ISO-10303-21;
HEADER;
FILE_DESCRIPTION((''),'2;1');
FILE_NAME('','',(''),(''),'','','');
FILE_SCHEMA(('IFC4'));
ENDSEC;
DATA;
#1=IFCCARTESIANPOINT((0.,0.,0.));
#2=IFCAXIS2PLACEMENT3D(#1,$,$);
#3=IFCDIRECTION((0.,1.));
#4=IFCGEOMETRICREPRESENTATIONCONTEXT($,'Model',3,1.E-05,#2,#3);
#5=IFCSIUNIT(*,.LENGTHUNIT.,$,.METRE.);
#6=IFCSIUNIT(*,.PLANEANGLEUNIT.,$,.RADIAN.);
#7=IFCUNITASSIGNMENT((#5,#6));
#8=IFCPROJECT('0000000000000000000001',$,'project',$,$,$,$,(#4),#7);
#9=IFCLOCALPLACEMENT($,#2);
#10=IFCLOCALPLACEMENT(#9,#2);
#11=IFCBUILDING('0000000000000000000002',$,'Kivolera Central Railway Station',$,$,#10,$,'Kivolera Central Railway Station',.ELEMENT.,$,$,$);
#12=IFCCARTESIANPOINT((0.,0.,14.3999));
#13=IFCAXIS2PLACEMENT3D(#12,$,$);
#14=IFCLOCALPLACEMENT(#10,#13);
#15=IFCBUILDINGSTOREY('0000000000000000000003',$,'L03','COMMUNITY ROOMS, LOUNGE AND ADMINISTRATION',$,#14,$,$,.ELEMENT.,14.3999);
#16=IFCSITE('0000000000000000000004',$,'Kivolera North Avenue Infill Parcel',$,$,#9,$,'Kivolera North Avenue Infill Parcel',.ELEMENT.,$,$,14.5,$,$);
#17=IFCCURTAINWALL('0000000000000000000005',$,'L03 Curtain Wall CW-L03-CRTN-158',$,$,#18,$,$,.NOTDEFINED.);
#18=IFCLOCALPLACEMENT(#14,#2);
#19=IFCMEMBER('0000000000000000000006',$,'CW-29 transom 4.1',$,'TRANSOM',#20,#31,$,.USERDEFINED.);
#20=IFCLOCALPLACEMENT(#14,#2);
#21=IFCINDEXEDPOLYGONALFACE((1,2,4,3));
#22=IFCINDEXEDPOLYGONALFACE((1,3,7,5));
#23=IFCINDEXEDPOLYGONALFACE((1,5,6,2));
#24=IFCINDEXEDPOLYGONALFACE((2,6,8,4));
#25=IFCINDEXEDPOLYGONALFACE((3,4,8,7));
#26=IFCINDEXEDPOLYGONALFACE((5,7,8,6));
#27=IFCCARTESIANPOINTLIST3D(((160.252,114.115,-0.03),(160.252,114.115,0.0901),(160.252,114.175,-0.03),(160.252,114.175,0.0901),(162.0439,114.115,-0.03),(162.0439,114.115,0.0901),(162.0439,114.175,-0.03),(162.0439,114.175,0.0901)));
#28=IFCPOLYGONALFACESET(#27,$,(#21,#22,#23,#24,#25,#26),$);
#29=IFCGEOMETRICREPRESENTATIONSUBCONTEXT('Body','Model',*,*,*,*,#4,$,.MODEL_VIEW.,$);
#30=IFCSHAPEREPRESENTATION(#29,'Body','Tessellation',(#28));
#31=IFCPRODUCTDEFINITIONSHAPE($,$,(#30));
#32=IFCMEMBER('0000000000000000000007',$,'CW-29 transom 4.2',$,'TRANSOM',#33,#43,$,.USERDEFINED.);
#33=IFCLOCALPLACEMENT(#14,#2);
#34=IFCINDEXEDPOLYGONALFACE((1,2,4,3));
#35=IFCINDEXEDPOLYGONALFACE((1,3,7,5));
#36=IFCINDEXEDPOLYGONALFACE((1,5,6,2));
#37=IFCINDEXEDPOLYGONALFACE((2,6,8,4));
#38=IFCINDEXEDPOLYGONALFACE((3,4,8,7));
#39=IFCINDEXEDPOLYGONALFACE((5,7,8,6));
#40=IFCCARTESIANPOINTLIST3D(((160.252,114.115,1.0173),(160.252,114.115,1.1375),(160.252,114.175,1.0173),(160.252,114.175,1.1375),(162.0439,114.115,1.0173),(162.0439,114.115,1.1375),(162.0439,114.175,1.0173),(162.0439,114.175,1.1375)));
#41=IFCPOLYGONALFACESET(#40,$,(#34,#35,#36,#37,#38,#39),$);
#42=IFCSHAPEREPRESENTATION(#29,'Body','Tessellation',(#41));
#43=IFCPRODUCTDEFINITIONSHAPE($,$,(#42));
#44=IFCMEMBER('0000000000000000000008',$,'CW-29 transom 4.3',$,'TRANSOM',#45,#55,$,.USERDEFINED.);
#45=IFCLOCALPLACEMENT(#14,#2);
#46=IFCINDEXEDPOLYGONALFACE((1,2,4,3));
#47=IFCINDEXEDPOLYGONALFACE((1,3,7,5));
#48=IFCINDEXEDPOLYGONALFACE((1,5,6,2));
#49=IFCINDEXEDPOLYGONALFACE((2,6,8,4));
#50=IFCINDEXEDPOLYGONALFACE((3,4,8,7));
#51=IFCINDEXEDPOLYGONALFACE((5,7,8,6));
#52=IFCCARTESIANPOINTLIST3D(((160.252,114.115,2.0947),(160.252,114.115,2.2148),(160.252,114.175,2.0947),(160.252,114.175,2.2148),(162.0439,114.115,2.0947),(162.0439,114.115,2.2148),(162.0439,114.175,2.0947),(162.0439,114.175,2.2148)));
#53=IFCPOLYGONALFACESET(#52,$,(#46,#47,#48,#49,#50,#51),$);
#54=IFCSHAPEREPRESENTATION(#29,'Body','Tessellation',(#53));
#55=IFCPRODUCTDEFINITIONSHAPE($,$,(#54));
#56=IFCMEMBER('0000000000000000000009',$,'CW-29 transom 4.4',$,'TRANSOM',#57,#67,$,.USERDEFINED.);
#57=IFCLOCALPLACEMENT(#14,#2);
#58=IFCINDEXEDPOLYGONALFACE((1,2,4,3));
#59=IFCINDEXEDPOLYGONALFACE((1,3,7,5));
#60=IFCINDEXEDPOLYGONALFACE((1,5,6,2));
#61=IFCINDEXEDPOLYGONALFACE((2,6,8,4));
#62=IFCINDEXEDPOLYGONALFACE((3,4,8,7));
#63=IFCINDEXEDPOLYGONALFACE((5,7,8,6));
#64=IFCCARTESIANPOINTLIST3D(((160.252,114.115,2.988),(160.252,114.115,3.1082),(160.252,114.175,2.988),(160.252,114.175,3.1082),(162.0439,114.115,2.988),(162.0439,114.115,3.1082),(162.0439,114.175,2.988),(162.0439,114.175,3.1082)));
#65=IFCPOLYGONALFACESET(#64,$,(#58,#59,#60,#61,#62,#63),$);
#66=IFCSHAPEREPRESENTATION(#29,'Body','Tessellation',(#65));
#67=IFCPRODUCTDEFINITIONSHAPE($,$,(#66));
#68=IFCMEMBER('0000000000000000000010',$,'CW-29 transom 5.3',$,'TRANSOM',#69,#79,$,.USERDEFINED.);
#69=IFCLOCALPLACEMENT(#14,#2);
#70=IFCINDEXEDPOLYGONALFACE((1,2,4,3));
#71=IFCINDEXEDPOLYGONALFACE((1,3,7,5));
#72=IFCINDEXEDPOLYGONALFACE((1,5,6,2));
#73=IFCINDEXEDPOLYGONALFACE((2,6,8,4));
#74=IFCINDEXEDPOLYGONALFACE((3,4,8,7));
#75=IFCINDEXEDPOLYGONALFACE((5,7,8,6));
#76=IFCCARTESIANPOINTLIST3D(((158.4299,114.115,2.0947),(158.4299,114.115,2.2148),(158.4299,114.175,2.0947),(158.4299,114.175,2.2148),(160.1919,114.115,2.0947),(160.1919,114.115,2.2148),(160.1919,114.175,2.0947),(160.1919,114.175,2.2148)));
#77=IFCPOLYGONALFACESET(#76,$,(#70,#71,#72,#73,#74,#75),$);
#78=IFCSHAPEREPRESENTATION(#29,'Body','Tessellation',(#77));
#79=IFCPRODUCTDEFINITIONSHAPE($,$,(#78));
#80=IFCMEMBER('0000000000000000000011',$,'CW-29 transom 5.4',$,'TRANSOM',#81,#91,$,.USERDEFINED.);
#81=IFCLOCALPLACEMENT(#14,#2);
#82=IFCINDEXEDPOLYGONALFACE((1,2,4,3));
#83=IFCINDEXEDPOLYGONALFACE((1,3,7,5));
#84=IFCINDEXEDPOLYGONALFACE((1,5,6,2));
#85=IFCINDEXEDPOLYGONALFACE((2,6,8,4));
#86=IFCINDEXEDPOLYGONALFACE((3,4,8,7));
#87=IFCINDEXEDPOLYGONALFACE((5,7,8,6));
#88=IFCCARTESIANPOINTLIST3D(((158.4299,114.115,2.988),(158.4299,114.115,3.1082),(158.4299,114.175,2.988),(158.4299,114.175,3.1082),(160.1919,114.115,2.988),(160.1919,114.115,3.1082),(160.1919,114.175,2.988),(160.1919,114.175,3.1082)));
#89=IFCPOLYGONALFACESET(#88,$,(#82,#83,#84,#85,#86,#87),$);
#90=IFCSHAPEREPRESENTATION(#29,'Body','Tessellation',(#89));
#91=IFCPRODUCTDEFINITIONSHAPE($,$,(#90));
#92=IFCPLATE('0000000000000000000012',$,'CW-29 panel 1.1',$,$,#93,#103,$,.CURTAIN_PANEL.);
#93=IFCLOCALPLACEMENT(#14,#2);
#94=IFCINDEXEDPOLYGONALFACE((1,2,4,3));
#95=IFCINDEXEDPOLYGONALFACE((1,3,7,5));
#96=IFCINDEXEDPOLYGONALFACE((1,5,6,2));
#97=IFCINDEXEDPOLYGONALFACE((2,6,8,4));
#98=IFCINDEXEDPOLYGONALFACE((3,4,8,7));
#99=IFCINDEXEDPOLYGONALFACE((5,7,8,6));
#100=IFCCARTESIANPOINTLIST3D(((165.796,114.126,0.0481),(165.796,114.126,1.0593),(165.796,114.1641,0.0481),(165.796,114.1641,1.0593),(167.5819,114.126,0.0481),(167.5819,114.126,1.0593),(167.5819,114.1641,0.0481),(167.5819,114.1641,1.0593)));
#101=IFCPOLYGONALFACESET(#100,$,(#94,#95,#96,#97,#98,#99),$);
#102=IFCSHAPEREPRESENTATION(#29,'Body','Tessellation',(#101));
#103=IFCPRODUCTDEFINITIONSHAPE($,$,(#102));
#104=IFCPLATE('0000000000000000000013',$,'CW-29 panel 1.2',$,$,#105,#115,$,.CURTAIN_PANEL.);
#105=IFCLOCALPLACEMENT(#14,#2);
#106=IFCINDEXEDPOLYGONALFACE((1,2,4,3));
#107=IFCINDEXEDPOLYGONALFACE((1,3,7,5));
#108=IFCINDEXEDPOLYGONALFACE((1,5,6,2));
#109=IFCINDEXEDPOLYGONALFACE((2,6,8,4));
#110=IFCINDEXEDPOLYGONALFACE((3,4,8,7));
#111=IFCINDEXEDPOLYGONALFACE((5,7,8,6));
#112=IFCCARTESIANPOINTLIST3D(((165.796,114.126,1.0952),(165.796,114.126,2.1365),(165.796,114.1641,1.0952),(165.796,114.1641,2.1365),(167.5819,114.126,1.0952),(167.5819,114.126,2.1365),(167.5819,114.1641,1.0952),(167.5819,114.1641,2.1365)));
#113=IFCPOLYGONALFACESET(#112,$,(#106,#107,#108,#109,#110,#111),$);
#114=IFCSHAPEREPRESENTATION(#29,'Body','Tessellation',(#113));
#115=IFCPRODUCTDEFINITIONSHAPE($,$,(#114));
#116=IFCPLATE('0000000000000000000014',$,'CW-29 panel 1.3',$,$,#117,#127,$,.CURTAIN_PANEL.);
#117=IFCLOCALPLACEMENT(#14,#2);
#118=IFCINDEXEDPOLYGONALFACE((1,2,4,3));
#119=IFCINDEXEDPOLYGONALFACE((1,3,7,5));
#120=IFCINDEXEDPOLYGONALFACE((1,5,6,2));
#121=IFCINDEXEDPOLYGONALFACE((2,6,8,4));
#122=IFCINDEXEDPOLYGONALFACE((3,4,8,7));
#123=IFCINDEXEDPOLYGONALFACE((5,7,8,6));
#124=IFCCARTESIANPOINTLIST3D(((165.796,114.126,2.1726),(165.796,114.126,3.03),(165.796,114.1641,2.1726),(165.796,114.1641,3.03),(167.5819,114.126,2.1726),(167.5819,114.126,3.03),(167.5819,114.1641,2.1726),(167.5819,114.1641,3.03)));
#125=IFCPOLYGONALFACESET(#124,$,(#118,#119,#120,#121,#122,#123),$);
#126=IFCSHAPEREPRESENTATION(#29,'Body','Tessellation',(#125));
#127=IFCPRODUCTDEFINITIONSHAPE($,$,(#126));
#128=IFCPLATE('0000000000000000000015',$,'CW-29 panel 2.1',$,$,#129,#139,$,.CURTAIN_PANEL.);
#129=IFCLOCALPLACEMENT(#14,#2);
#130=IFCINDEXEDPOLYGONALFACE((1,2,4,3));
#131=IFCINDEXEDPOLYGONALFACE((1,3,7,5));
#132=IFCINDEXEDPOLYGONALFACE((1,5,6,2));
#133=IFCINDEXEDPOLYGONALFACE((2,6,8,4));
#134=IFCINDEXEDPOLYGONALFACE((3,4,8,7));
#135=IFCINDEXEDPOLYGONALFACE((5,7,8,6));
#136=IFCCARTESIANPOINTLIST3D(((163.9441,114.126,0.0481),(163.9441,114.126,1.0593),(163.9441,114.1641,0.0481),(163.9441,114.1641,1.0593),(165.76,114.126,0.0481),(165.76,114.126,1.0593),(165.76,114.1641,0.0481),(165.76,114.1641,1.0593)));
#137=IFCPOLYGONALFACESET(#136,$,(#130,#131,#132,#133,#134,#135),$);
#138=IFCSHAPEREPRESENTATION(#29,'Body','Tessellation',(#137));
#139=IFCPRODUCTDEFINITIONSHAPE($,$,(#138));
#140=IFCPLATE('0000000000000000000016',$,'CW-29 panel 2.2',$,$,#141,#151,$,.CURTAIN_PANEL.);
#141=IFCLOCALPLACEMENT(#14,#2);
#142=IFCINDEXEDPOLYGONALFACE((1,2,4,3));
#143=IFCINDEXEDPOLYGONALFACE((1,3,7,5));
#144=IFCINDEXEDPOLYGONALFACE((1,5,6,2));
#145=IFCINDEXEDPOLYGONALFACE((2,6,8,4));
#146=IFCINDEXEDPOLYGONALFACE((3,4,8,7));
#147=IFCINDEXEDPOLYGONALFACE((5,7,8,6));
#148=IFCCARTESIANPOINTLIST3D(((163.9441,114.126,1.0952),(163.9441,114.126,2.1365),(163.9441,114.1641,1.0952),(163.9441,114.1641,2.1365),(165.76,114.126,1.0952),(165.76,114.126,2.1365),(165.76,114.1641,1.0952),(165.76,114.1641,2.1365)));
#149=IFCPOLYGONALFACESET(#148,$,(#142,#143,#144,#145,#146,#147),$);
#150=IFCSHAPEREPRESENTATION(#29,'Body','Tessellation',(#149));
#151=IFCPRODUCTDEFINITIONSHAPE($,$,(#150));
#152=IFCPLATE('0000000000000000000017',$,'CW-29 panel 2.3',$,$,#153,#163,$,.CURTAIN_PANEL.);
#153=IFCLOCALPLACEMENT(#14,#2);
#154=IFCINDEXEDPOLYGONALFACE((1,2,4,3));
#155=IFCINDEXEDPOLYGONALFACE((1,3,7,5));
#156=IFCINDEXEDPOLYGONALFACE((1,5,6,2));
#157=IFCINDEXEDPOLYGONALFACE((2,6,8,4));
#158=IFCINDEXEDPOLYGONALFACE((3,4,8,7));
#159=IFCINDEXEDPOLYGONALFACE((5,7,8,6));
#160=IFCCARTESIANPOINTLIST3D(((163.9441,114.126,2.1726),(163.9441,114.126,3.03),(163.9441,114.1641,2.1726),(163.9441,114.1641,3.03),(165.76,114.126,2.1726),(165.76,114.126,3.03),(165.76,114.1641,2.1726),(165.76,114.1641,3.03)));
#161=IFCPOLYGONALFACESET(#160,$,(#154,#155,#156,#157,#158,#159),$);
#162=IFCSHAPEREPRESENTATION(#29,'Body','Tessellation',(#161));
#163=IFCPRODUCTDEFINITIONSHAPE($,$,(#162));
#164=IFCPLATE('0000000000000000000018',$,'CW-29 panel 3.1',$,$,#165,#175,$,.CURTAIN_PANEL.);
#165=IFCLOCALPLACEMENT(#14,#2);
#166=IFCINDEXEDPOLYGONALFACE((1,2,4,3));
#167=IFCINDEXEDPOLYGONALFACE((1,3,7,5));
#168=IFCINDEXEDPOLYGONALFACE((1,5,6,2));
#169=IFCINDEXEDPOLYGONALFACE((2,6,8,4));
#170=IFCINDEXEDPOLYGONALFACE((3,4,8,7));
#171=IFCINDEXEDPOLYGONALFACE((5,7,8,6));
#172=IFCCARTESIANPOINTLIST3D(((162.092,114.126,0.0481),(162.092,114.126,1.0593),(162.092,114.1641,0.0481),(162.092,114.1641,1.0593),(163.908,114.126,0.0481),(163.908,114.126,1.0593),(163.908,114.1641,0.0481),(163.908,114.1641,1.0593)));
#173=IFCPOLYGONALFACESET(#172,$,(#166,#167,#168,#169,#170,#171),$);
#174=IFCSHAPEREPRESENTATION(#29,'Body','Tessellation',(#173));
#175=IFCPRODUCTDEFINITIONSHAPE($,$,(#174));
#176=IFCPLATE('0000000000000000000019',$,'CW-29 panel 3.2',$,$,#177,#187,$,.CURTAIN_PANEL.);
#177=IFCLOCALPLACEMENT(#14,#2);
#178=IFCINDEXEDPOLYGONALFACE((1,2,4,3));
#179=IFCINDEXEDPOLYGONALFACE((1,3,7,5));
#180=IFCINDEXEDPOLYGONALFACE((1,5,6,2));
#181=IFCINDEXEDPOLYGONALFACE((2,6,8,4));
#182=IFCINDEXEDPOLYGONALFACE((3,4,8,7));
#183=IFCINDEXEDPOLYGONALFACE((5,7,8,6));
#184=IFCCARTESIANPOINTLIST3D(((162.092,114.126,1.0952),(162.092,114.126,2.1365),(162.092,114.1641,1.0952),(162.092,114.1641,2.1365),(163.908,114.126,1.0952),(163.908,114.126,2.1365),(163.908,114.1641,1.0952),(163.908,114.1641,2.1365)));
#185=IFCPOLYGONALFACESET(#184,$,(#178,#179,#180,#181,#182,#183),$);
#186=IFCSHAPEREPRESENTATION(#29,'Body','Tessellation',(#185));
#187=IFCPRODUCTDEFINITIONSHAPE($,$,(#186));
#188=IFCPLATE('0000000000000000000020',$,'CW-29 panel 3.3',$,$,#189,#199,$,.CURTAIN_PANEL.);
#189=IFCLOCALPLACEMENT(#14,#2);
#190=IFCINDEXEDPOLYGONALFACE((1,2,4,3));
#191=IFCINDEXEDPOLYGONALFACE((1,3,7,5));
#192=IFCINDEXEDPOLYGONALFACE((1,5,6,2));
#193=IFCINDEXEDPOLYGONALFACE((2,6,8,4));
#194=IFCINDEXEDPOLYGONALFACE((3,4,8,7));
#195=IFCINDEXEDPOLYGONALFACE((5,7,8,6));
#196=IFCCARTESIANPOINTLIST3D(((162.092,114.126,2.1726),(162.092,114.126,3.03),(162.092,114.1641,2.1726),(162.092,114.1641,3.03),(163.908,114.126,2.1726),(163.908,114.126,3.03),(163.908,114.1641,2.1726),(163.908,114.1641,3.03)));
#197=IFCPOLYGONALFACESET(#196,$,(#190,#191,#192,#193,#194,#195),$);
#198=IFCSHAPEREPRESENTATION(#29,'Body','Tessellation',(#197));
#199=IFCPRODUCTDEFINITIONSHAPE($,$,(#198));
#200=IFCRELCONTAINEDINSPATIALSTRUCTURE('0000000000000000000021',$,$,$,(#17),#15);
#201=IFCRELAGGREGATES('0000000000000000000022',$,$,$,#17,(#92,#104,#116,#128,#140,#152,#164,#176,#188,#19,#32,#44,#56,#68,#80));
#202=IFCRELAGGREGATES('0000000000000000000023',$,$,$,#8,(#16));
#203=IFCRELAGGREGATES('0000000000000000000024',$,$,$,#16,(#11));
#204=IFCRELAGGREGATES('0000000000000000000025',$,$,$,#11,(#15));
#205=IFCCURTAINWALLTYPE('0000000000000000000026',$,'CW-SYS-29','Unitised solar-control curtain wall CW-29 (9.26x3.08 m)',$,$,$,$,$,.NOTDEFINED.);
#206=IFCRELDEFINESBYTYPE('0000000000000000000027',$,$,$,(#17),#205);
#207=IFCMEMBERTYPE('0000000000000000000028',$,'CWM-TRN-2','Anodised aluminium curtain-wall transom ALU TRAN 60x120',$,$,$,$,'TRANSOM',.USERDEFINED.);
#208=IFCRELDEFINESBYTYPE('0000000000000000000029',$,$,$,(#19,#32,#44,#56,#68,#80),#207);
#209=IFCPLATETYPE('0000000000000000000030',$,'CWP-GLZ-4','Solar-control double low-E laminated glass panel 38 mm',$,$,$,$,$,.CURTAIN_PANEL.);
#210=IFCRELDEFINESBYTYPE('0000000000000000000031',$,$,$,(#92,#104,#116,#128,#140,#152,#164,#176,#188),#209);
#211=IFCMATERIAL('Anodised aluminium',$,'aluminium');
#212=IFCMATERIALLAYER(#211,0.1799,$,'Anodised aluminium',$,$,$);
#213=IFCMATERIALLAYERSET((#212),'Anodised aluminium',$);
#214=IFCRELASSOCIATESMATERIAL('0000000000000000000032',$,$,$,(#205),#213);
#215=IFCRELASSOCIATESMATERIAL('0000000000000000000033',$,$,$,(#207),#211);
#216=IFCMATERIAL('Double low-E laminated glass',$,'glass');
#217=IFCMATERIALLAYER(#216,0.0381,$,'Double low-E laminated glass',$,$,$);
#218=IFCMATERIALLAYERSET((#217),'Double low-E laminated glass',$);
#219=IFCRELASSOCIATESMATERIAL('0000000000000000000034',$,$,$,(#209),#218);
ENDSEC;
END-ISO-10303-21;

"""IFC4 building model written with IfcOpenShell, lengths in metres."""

from ifc_helpers import new_model, si_unit, direction, frame, origin, origin_2d, place, context, subcontext, project, spatial, rectangle, extrude, material, layer, layer_set, material_profile, profile_set, type_object, element, aggregate, save


model = new_model("IFC4")

# Units and contexts
model_context = context("Model", 3, precision=1e-05, world=origin(), true_north=direction((0.0, 1.0)))
body_context = subcontext(model_context, "Body", "Model", "MODEL_VIEW")
ifc_project = project(units=[si_unit("LENGTHUNIT", "METRE"), si_unit("PLANEANGLEUNIT", "RADIAN")], contexts=[model_context])

# Site, building, storey
site_placement = place(None, origin())
site = spatial("IfcSite", under=ifc_project, at=site_placement, Name="Kivolera North Avenue Infill Parcel", LongName="Kivolera North Avenue Infill Parcel", CompositionType="ELEMENT", RefElevation=14.5)
building_placement = place(site_placement, origin())
building = spatial("IfcBuilding", under=site, at=building_placement, Name="Kivolera Central Railway Station", LongName="Kivolera Central Railway Station", CompositionType="ELEMENT")
storey_placement = place(building_placement, frame((0.0, 0.0, 14.3999)))
storey = spatial("IfcBuildingStorey", under=building, at=storey_placement, Name="L03", Description="COMMUNITY ROOMS, LOUNGE AND ADMINISTRATION", CompositionType="ELEMENT", Elevation=14.3999)

# Curtain wall, members, plates
ifc_material_1 = material(Name="Anodised aluminium", Category="aluminium")
ifc_layer_1 = layer(ifc_material_1, 0.1799, Name="Anodised aluminium")
ifc_layer_set_1 = layer_set([ifc_layer_1], Name="Anodised aluminium")
curtain_wall_type = type_object("IfcCurtainWallType", Name="CW-SYS-29", Description="Unitised solar-control curtain wall CW-29 (9.26x3.08 m)", PredefinedType="NOTDEFINED", material=ifc_layer_set_1)
curtain_wall_placement = place(storey_placement, origin())
curtain_wall = element("IfcCurtainWall", 1, at=curtain_wall_placement, inside=storey, type_object=curtain_wall_type, Name="L03 Curtain Wall CW-L03-CRTN-158", PredefinedType="NOTDEFINED")
ifc_material_profile_1 = material_profile(ifc_material_1, rectangle(XDim=0.0601, YDim=0.1201, at=origin_2d()), Name="ALU TRAN 60x120")
ifc_profile_set_1 = profile_set([ifc_material_profile_1], Name="Anodised aluminium")
member_type_1 = type_object("IfcMemberType", Name="CWM-TRN-2", Description="Anodised aluminium curtain-wall transom ALU TRAN 60x120", ElementType="TRANSOM", PredefinedType="USERDEFINED", material=ifc_profile_set_1)
member_1_placement = place(storey_placement, frame((162.0439, 114.145, 0.03), z_axis=(-1.0, 0.0, 0.0), x_axis=(0.0, -1.0, 0.0)))
member_1 = element("IfcMember", 2, at=member_1_placement, type_object=member_type_1, Name="CW-29 transom 4.1", ObjectType="TRANSOM", PredefinedType="USERDEFINED", context=body_context, shape_type="SweptSolid", body=[
    extrude(rectangle(XDim=0.0601, YDim=0.1201, at=origin_2d()), origin(), (0.0, 0.0, 1.0), 1.792),
])
member_2_placement = place(storey_placement, frame((162.0439, 114.145, 1.0774), z_axis=(-1.0, 0.0, 0.0), x_axis=(0.0, -1.0, 0.0)))
member_2 = element("IfcMember", 3, at=member_2_placement, type_object=member_type_1, Name="CW-29 transom 4.2", ObjectType="TRANSOM", PredefinedType="USERDEFINED", context=body_context, shape_type="SweptSolid", body=[
    extrude(rectangle(XDim=0.0601, YDim=0.1201, at=origin_2d()), origin(), (0.0, 0.0, 1.0), 1.792),
])
member_3_placement = place(storey_placement, frame((162.0439, 114.145, 2.1548), z_axis=(-1.0, 0.0, 0.0), x_axis=(0.0, -1.0, 0.0)))
member_3 = element("IfcMember", 4, at=member_3_placement, type_object=member_type_1, Name="CW-29 transom 4.3", ObjectType="TRANSOM", PredefinedType="USERDEFINED", context=body_context, shape_type="SweptSolid", body=[
    extrude(rectangle(XDim=0.0601, YDim=0.1201, at=origin_2d()), origin(), (0.0, 0.0, 1.0), 1.792),
])
member_4_placement = place(storey_placement, frame((162.0439, 114.145, 3.0481), z_axis=(-1.0, 0.0, 0.0), x_axis=(0.0, -1.0, 0.0)))
member_4 = element("IfcMember", 5, at=member_4_placement, type_object=member_type_1, Name="CW-29 transom 4.4", ObjectType="TRANSOM", PredefinedType="USERDEFINED", context=body_context, shape_type="SweptSolid", body=[
    extrude(rectangle(XDim=0.0601, YDim=0.1201, at=origin_2d()), origin(), (0.0, 0.0, 1.0), 1.792),
])
member_5_placement = place(storey_placement, frame((160.1919, 114.145, 2.1548), z_axis=(-1.0, 0.0, 0.0), x_axis=(0.0, -1.0, 0.0)))
member_5 = element("IfcMember", 6, at=member_5_placement, type_object=member_type_1, Name="CW-29 transom 5.3", ObjectType="TRANSOM", PredefinedType="USERDEFINED", context=body_context, shape_type="SweptSolid", body=[
    extrude(rectangle(XDim=0.0601, YDim=0.1201, at=origin_2d()), origin(), (0.0, 0.0, 1.0), 1.762),
])
member_6_placement = place(storey_placement, frame((160.1919, 114.145, 3.0481), z_axis=(-1.0, 0.0, 0.0), x_axis=(0.0, -1.0, 0.0)))
member_6 = element("IfcMember", 7, at=member_6_placement, type_object=member_type_1, Name="CW-29 transom 5.4", ObjectType="TRANSOM", PredefinedType="USERDEFINED", context=body_context, shape_type="SweptSolid", body=[
    extrude(rectangle(XDim=0.0601, YDim=0.1201, at=origin_2d()), origin(), (0.0, 0.0, 1.0), 1.762),
])
ifc_material_2 = material(Name="Double low-E laminated glass", Category="glass")
ifc_layer_2 = layer(ifc_material_2, 0.0381, Name="Double low-E laminated glass")
ifc_layer_set_2 = layer_set([ifc_layer_2], Name="Double low-E laminated glass")
plate_type = type_object("IfcPlateType", Name="CWP-GLZ-4", Description="Solar-control double low-E laminated glass panel 38 mm", PredefinedType="CURTAIN_PANEL", material=ifc_layer_set_2)
plate_1_placement = place(storey_placement, frame((166.689, 114.145, 0.0481), z_axis=(0.0, 0.0, 1.0), x_axis=(-1.0, 0.0, 0.0)))
plate_1 = element("IfcPlate", 8, at=plate_1_placement, type_object=plate_type, Name="CW-29 panel 1.1", PredefinedType="CURTAIN_PANEL", context=body_context, shape_type="SweptSolid", body=[
    extrude(rectangle(XDim=1.7859, YDim=0.0381, at=origin_2d()), origin(), (0.0, 0.0, 1.0), 1.0112),
])
plate_2_placement = place(storey_placement, frame((166.689, 114.145, 1.0952), z_axis=(0.0, 0.0, 1.0), x_axis=(-1.0, 0.0, 0.0)))
plate_2 = element("IfcPlate", 9, at=plate_2_placement, type_object=plate_type, Name="CW-29 panel 1.2", PredefinedType="CURTAIN_PANEL", context=body_context, shape_type="SweptSolid", body=[
    extrude(rectangle(XDim=1.7859, YDim=0.0381, at=origin_2d()), origin(), (0.0, 0.0, 1.0), 1.0413),
])
plate_3_placement = place(storey_placement, frame((166.689, 114.145, 2.1726), z_axis=(0.0, 0.0, 1.0), x_axis=(-1.0, 0.0, 0.0)))
plate_3 = element("IfcPlate", 10, at=plate_3_placement, type_object=plate_type, Name="CW-29 panel 1.3", PredefinedType="CURTAIN_PANEL", context=body_context, shape_type="SweptSolid", body=[
    extrude(rectangle(XDim=1.7859, YDim=0.0381, at=origin_2d()), origin(), (0.0, 0.0, 1.0), 0.8574),
])
plate_4_placement = place(storey_placement, frame((164.8521, 114.145, 0.0481), z_axis=(0.0, 0.0, 1.0), x_axis=(-1.0, 0.0, 0.0)))
plate_4 = element("IfcPlate", 11, at=plate_4_placement, type_object=plate_type, Name="CW-29 panel 2.1", PredefinedType="CURTAIN_PANEL", context=body_context, shape_type="SweptSolid", body=[
    extrude(rectangle(XDim=1.8159, YDim=0.0381, at=origin_2d()), origin(), (0.0, 0.0, 1.0), 1.0112),
])
plate_5_placement = place(storey_placement, frame((164.8521, 114.145, 1.0952), z_axis=(0.0, 0.0, 1.0), x_axis=(-1.0, 0.0, 0.0)))
plate_5 = element("IfcPlate", 12, at=plate_5_placement, type_object=plate_type, Name="CW-29 panel 2.2", PredefinedType="CURTAIN_PANEL", context=body_context, shape_type="SweptSolid", body=[
    extrude(rectangle(XDim=1.8159, YDim=0.0381, at=origin_2d()), origin(), (0.0, 0.0, 1.0), 1.0413),
])
plate_6_placement = place(storey_placement, frame((164.8521, 114.145, 2.1726), z_axis=(0.0, 0.0, 1.0), x_axis=(-1.0, 0.0, 0.0)))
plate_6 = element("IfcPlate", 13, at=plate_6_placement, type_object=plate_type, Name="CW-29 panel 2.3", PredefinedType="CURTAIN_PANEL", context=body_context, shape_type="SweptSolid", body=[
    extrude(rectangle(XDim=1.8159, YDim=0.0381, at=origin_2d()), origin(), (0.0, 0.0, 1.0), 0.8574),
])
plate_7_placement = place(storey_placement, frame((163.0, 114.145, 0.0481), z_axis=(0.0, 0.0, 1.0), x_axis=(-1.0, 0.0, 0.0)))
plate_7 = element("IfcPlate", 14, at=plate_7_placement, type_object=plate_type, Name="CW-29 panel 3.1", PredefinedType="CURTAIN_PANEL", context=body_context, shape_type="SweptSolid", body=[
    extrude(rectangle(XDim=1.8159, YDim=0.0381, at=origin_2d()), origin(), (0.0, 0.0, 1.0), 1.0112),
])
plate_8_placement = place(storey_placement, frame((163.0, 114.145, 1.0952), z_axis=(0.0, 0.0, 1.0), x_axis=(-1.0, 0.0, 0.0)))
plate_8 = element("IfcPlate", 15, at=plate_8_placement, type_object=plate_type, Name="CW-29 panel 3.2", PredefinedType="CURTAIN_PANEL", context=body_context, shape_type="SweptSolid", body=[
    extrude(rectangle(XDim=1.8159, YDim=0.0381, at=origin_2d()), origin(), (0.0, 0.0, 1.0), 1.0413),
])
plate_9_placement = place(storey_placement, frame((163.0, 114.145, 2.1726), z_axis=(0.0, 0.0, 1.0), x_axis=(-1.0, 0.0, 0.0)))
plate_9 = element("IfcPlate", 16, at=plate_9_placement, type_object=plate_type, Name="CW-29 panel 3.3", PredefinedType="CURTAIN_PANEL", context=body_context, shape_type="SweptSolid", body=[
    extrude(rectangle(XDim=1.8159, YDim=0.0381, at=origin_2d()), origin(), (0.0, 0.0, 1.0), 0.8574),
])
aggregate(curtain_wall, [plate_1, plate_2, plate_3, plate_4, plate_5, plate_6, plate_7, plate_8, plate_9, member_1, member_2, member_3, member_4, member_5, member_6])

save(model, "model.ifc")
